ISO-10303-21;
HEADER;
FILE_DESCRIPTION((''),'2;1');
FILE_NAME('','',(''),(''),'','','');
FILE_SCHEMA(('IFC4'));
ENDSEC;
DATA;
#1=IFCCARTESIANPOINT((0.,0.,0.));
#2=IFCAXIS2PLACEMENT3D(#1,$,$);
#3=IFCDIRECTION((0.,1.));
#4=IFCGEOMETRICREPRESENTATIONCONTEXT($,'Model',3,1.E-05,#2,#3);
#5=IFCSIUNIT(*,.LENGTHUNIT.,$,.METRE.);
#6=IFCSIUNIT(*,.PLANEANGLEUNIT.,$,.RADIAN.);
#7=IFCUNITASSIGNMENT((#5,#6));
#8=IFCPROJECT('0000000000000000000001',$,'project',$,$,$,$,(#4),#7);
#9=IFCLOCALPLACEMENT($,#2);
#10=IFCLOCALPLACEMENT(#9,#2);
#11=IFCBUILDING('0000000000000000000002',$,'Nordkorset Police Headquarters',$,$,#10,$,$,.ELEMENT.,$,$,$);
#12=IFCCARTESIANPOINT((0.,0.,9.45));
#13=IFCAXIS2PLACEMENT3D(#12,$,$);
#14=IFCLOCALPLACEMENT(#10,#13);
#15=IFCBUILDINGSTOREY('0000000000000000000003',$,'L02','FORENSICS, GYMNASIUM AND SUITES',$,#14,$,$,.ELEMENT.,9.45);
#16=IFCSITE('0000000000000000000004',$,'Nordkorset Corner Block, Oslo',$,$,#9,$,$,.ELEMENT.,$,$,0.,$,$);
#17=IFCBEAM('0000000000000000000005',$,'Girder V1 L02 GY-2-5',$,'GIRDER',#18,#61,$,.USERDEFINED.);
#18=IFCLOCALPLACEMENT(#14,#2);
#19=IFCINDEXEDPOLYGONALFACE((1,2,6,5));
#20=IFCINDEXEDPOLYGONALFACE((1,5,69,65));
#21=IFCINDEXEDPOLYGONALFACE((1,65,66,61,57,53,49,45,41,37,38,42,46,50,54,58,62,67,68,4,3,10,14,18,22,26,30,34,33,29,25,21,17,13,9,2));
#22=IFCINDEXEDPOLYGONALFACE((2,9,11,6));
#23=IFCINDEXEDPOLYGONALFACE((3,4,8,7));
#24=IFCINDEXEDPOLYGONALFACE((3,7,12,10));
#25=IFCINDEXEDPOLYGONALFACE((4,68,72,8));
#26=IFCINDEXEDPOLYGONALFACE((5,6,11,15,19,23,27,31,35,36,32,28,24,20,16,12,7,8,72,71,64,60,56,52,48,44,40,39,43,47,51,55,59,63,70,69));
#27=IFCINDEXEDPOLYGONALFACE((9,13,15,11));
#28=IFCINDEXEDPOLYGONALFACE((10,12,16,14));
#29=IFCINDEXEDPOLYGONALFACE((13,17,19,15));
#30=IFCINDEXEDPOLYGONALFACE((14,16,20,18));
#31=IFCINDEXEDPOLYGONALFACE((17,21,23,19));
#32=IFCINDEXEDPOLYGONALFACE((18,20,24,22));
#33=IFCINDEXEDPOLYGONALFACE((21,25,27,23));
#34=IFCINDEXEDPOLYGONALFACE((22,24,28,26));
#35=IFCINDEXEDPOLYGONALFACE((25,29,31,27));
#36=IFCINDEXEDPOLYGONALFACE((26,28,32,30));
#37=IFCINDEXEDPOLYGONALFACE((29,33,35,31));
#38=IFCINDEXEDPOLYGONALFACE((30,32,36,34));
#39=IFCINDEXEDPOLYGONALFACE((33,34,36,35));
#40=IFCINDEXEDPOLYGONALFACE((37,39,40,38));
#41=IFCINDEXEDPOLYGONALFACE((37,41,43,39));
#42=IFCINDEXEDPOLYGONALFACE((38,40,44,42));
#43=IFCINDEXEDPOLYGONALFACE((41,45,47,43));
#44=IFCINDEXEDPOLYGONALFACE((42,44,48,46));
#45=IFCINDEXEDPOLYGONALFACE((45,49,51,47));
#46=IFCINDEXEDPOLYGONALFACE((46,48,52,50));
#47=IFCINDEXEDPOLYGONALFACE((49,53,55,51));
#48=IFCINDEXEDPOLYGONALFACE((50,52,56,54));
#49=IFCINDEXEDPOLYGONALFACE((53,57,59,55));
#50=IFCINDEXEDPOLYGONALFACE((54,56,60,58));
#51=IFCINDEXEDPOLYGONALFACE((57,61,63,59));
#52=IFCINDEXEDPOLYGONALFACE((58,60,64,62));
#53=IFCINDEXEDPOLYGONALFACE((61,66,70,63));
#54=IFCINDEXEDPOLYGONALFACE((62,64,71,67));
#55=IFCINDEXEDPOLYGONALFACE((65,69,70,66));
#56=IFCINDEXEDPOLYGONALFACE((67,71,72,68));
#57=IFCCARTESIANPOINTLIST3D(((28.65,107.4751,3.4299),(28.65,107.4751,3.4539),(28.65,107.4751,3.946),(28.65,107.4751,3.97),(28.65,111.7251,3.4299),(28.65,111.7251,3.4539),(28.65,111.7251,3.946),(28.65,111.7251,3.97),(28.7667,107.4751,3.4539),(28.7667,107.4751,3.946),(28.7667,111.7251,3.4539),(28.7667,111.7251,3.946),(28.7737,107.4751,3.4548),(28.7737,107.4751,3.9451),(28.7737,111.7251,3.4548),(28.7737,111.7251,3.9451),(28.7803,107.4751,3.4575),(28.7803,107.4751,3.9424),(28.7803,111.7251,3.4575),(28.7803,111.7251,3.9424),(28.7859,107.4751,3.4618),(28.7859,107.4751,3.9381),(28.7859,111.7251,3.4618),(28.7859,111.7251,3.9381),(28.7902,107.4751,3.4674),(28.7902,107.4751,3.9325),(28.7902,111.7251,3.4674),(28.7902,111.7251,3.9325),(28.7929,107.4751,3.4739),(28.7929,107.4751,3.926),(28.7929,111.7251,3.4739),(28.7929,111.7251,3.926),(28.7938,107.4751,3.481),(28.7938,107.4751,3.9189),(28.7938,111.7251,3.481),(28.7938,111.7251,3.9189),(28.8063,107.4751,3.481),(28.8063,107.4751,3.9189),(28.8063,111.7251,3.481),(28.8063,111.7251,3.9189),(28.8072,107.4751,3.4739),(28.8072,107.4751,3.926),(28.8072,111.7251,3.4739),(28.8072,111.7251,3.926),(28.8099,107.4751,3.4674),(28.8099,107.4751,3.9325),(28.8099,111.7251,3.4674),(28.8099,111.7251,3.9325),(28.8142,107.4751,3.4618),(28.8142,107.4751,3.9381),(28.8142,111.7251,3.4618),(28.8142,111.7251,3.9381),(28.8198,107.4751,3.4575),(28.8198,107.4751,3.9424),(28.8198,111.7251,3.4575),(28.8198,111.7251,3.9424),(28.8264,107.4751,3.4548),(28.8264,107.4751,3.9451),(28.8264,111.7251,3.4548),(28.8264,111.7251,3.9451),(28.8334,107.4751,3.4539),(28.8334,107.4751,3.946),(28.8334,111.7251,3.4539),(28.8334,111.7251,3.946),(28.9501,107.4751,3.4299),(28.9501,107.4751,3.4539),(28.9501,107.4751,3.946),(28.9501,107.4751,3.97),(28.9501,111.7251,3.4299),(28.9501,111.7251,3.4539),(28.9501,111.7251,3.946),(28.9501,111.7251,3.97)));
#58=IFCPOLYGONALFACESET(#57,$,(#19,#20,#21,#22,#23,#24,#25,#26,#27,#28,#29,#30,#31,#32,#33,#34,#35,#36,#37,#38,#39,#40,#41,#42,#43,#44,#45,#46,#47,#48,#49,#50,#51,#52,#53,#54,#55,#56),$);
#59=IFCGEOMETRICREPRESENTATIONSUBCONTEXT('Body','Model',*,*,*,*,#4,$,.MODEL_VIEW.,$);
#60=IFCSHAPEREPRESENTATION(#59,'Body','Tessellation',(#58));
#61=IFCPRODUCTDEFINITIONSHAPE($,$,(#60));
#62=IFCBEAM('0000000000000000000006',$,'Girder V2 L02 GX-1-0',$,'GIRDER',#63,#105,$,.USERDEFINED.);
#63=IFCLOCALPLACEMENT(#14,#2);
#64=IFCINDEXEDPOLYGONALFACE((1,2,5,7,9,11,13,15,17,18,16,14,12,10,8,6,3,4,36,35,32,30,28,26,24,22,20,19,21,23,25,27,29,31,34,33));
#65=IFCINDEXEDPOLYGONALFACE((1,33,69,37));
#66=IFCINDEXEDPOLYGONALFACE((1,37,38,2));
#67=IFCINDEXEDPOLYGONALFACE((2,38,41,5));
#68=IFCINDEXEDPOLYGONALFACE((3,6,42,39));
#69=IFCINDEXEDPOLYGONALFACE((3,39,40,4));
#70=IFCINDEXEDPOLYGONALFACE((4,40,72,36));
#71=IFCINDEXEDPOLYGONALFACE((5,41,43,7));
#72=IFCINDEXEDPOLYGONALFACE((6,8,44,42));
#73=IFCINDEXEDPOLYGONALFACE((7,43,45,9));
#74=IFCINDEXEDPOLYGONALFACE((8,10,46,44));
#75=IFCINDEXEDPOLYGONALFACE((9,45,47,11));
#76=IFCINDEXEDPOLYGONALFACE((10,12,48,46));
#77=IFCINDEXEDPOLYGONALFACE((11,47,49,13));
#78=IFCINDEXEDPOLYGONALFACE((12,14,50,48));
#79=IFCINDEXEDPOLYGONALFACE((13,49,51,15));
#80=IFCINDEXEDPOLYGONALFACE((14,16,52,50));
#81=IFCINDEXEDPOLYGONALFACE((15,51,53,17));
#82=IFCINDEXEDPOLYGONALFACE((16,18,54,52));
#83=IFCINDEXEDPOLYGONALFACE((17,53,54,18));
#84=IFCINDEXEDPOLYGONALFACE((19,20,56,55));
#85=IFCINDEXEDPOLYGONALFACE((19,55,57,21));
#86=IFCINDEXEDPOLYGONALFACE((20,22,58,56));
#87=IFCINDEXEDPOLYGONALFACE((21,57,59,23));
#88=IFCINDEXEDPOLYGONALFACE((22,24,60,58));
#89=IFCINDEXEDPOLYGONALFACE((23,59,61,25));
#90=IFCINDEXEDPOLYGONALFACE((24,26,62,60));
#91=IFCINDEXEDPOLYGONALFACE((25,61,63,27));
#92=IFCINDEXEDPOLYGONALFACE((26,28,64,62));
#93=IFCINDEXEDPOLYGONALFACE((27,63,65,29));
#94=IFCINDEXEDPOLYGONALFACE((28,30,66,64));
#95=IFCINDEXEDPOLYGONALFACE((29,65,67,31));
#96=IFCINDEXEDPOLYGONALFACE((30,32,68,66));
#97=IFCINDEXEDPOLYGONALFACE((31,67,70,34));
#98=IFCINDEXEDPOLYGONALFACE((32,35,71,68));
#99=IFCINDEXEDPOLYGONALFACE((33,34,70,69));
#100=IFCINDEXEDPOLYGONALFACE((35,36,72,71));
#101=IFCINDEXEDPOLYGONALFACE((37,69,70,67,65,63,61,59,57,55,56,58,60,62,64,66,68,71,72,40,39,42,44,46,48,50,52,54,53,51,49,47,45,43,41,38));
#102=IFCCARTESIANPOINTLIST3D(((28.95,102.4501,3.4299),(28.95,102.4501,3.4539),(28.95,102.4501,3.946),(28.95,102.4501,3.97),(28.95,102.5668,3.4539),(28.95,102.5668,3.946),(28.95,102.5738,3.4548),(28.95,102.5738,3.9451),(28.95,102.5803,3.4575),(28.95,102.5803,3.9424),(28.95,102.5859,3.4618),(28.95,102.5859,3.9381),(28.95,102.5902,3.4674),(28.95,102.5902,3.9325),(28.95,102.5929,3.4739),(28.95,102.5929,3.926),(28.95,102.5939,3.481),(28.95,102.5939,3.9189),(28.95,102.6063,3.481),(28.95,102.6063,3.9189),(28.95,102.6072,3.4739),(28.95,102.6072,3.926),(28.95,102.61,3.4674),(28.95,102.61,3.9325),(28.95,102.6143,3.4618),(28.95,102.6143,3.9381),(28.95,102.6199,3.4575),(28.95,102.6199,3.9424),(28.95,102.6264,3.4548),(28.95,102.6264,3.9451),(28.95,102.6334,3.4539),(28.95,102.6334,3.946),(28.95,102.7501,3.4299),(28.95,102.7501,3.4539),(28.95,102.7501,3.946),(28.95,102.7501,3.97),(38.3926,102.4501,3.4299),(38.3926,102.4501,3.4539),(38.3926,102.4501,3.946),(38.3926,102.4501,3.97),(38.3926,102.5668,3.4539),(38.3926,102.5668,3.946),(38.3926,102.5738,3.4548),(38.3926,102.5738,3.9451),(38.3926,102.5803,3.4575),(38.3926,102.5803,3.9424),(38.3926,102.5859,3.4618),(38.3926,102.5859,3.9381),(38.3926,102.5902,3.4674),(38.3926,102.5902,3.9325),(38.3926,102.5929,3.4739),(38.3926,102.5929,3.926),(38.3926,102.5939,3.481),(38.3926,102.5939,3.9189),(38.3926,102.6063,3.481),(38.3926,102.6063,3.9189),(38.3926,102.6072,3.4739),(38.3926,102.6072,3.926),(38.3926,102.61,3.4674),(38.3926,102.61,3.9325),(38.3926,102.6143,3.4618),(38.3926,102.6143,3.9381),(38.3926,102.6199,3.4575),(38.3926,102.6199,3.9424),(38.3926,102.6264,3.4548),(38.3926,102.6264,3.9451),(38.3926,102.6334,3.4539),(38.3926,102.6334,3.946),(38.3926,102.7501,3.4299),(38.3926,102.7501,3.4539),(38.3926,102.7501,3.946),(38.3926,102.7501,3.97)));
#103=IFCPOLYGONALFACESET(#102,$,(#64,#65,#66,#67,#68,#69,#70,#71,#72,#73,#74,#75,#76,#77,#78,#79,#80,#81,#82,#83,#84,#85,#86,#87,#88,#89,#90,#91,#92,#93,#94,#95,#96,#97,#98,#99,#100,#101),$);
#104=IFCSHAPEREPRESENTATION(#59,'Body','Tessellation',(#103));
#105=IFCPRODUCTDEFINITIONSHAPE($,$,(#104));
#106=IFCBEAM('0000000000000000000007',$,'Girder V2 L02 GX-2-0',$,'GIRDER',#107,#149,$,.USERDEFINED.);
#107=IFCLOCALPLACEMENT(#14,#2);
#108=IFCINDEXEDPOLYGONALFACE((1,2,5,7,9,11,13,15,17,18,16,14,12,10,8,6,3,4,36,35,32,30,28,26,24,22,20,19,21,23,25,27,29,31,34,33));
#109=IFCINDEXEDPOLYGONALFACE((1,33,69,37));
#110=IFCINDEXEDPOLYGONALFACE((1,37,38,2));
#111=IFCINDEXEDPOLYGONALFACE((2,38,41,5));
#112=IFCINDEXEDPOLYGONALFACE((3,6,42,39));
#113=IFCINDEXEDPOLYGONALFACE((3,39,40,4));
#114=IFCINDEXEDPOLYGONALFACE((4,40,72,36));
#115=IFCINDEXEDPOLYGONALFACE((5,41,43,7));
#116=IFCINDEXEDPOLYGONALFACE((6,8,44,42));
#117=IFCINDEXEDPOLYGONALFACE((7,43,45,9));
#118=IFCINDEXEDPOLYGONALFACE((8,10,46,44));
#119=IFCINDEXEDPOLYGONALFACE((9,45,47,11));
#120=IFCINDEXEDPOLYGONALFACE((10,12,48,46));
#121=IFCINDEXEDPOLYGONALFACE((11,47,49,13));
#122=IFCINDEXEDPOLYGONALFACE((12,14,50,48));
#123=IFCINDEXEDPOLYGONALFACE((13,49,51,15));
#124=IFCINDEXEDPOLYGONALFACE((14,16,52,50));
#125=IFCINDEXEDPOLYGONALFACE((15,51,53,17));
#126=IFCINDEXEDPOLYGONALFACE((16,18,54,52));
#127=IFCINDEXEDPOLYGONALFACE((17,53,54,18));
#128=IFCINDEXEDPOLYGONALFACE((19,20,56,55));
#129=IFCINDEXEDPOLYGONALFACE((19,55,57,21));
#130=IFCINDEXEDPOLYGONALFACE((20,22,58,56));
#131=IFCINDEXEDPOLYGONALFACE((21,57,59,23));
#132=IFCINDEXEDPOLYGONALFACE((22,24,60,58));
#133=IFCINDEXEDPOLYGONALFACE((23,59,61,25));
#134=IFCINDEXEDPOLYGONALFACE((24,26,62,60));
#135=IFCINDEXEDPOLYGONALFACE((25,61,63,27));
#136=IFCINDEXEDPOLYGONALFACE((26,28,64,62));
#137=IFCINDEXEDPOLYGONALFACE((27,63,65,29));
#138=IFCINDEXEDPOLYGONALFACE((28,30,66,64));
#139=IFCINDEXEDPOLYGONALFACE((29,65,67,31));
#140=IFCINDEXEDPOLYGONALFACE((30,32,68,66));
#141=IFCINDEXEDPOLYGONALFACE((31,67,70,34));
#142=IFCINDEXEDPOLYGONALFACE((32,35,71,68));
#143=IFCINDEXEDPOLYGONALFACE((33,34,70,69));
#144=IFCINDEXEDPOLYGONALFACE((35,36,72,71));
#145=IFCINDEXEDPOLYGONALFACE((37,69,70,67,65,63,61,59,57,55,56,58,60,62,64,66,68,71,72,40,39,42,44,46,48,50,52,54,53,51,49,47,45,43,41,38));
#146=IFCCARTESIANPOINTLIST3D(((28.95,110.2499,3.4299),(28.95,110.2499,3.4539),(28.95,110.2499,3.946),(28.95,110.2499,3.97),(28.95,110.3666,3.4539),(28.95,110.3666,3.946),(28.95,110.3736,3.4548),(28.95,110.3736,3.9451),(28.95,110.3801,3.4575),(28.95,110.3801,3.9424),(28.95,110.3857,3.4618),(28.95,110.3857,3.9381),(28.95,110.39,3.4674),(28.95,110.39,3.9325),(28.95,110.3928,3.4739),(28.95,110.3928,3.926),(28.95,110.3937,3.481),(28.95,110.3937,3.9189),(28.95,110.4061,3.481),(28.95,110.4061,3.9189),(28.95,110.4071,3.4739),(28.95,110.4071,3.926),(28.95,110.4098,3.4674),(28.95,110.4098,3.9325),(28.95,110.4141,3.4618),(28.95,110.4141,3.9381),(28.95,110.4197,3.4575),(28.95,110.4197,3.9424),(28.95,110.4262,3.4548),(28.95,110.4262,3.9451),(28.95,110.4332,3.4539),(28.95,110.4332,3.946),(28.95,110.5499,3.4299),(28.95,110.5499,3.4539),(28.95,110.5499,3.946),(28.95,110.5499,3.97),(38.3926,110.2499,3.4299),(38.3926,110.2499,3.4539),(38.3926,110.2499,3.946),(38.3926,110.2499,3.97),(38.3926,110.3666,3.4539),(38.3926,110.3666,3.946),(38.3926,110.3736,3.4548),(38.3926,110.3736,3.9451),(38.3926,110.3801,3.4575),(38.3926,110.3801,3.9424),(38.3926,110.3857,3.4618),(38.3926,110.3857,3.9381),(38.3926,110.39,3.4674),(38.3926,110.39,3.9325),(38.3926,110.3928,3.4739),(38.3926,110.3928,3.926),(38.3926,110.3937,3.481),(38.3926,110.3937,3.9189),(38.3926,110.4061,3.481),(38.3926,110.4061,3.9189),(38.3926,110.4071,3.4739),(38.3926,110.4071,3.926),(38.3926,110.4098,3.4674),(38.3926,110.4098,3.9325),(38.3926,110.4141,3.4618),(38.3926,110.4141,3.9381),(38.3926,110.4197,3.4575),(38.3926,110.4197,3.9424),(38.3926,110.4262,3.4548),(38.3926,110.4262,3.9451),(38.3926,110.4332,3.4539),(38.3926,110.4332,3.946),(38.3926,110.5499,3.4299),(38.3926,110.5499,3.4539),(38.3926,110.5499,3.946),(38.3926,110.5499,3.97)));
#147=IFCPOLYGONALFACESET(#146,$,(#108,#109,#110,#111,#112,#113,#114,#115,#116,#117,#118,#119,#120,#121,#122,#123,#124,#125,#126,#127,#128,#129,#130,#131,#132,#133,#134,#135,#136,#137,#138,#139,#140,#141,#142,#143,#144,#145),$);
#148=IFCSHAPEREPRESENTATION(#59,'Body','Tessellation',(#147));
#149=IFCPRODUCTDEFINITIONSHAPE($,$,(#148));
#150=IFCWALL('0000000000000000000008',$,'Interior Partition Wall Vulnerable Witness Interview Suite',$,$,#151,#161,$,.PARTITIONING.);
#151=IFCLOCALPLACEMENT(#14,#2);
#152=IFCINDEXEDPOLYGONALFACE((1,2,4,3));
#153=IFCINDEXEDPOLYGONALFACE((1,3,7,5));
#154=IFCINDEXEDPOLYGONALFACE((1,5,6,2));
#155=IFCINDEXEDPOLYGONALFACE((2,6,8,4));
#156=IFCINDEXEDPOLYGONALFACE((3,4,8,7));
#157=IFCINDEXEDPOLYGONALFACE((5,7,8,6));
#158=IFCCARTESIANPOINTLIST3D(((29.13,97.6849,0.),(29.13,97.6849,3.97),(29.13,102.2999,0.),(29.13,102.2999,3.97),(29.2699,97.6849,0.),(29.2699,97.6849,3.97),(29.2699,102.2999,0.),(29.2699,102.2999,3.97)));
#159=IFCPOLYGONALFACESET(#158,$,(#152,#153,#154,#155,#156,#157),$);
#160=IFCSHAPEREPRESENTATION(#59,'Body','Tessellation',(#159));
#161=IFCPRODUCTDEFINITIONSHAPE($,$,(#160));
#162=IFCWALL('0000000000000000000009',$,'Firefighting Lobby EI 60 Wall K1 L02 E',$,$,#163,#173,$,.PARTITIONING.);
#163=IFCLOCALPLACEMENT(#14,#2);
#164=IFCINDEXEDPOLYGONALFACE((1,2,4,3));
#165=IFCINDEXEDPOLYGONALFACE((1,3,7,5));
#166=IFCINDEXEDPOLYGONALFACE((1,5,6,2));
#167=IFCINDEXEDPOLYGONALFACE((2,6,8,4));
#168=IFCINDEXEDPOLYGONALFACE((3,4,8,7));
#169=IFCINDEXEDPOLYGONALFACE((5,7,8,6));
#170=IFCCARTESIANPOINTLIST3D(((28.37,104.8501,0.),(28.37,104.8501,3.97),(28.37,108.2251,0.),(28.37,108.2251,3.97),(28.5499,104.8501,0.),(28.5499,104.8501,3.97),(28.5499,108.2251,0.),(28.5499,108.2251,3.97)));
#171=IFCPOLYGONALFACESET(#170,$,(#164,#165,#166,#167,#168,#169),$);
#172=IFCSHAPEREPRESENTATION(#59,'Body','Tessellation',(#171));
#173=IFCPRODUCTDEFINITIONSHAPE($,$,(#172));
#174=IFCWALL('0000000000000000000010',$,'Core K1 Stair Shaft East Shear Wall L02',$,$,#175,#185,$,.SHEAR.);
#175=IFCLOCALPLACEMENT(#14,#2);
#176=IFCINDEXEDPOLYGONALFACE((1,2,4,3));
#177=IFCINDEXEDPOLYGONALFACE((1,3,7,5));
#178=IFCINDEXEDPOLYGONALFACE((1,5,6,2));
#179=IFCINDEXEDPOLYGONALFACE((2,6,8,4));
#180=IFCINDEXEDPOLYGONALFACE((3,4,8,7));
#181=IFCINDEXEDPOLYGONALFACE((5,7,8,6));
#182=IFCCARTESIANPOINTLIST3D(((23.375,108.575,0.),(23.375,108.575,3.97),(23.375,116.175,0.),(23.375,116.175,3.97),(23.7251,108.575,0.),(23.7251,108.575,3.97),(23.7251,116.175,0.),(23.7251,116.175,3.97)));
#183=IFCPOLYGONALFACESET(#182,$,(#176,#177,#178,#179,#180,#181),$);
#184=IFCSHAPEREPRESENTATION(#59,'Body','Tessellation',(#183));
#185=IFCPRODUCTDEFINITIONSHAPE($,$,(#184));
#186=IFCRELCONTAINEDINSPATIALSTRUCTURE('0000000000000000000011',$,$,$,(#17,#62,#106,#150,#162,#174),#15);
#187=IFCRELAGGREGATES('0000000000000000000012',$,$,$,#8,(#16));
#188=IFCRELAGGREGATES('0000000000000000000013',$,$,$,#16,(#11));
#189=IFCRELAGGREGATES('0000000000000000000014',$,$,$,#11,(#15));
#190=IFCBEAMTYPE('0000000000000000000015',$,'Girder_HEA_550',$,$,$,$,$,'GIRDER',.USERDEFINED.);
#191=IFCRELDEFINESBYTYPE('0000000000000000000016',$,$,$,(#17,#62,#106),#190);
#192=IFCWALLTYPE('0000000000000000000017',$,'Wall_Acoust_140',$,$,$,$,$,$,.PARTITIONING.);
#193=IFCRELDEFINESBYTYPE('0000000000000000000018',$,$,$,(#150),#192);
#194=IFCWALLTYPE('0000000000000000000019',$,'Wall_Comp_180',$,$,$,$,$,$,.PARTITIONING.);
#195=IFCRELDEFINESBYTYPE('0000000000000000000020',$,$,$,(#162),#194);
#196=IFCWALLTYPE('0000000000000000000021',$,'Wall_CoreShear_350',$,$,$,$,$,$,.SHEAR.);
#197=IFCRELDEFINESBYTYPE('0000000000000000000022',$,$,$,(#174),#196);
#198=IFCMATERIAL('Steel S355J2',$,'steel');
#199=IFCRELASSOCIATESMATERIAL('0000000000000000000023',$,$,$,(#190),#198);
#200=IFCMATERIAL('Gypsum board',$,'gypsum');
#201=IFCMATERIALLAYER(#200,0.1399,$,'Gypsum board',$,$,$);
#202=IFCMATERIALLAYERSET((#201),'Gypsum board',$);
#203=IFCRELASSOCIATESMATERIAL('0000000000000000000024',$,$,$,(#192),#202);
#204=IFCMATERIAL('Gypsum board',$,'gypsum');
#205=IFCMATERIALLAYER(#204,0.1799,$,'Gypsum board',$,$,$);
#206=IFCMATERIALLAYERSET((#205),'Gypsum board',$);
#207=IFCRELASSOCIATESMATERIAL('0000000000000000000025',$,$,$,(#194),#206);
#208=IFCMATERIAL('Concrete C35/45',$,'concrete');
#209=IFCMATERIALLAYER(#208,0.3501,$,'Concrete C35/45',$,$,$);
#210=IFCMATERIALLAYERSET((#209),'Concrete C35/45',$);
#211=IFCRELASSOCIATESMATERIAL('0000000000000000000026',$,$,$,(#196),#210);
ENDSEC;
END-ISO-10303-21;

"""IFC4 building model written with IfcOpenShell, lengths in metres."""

from ifc_helpers import new_model, si_unit, direction, frame, frame_2d, origin, origin_2d, place, context, subcontext, project, spatial, rectangle, i_section, extrude, material, layer, layer_set, material_profile, profile_set, type_object, element, save


model = new_model("IFC4")

# Units and contexts
model_context = context("Model", 3, precision=1e-05, world=origin(), true_north=direction((0.0, 1.0)))
body_context = subcontext(model_context, "Body", "Model", "MODEL_VIEW")
ifc_project = project(units=[si_unit("LENGTHUNIT", "METRE"), si_unit("PLANEANGLEUNIT", "RADIAN")], contexts=[model_context])

# Site, building, storey
site_placement = place(None, origin())
site = spatial("IfcSite", under=ifc_project, at=site_placement, Name="Nordkorset Corner Block, Oslo", CompositionType="ELEMENT", RefElevation=0.0)
building_placement = place(site_placement, origin())
building = spatial("IfcBuilding", under=site, at=building_placement, Name="Nordkorset Police Headquarters", CompositionType="ELEMENT")
storey_placement = place(building_placement, frame((0.0, 0.0, 9.45)))
storey = spatial("IfcBuildingStorey", under=building, at=storey_placement, Name="L02", Description="FORENSICS, GYMNASIUM AND SUITES", CompositionType="ELEMENT", Elevation=9.45)

# Beams
ifc_material_1 = material(Name="Steel S355J2", Category="steel")
ifc_material_profile_1 = material_profile(ifc_material_1, i_section(OverallWidth=0.3, OverallDepth=0.54, WebThickness=0.0125, FlangeThickness=0.0239, FilletRadius=0.0271, at=origin_2d()), Name="HEA 550")
ifc_profile_set_1 = profile_set([ifc_material_profile_1], Name="Steel S355J2")
beam_type_1 = type_object("IfcBeamType", Name="Girder_HEA_550", ElementType="GIRDER", PredefinedType="USERDEFINED", material=ifc_profile_set_1)
for number, where, z_axis, x_axis, name in (
    (1, (28.8, 107.4751, 3.7), (0.0, 1.0, 0.0), (-1.0, 0.0, 0.0), "Girder V1 L02 GY-2-5"),
):
    element("IfcBeam", number, at=place(storey_placement, frame(where, z_axis=z_axis, x_axis=x_axis)), inside=storey, type_object=beam_type_1, Name=name, ObjectType="GIRDER", PredefinedType="USERDEFINED", context=body_context, shape_type="SweptSolid", body=[
        extrude(i_section(OverallWidth=0.3, OverallDepth=0.54, WebThickness=0.0125, FlangeThickness=0.0239, FilletRadius=0.0271, at=origin_2d()), origin(), (0.0, 0.0, 1.0), 4.25),
    ])
for number, where, z_axis, x_axis, name in (
    (2, (28.95, 102.6001, 3.7), (1.0, 0.0, 0.0), (0.0, 1.0, 0.0), "Girder V2 L02 GX-1-0"),
    (3, (28.95, 110.3999, 3.7), (1.0, 0.0, 0.0), (0.0, 1.0, 0.0), "Girder V2 L02 GX-2-0"),
):
    element("IfcBeam", number, at=place(storey_placement, frame(where, z_axis=z_axis, x_axis=x_axis)), inside=storey, type_object=beam_type_1, Name=name, ObjectType="GIRDER", PredefinedType="USERDEFINED", context=body_context, shape_type="SweptSolid", body=[
        extrude(i_section(OverallWidth=0.3, OverallDepth=0.54, WebThickness=0.0125, FlangeThickness=0.0239, FilletRadius=0.0271, at=origin_2d()), origin(), (0.0, 0.0, 1.0), 9.4426),
    ])

# Walls
ifc_material_2 = material(Name="Gypsum board", Category="gypsum")
ifc_layer_1 = layer(ifc_material_2, 0.1399, Name="Gypsum board")
ifc_layer_set_1 = layer_set([ifc_layer_1], Name="Gypsum board")
wall_type_1 = type_object("IfcWallType", Name="Wall_Acoust_140", PredefinedType="PARTITIONING", material=ifc_layer_set_1)
wall_1_placement = place(storey_placement, frame((29.2, 102.3, 0.0), z_axis=(0.0, 0.0, 1.0), x_axis=(0.0, -1.0, 0.0)))
element("IfcWall", 4, at=wall_1_placement, inside=storey, type_object=wall_type_1, Name="Interior Partition Wall Vulnerable Witness Interview Suite", PredefinedType="PARTITIONING", context=body_context, shape_type="SweptSolid", body=[
    extrude(rectangle(XDim=4.615, YDim=0.1399, at=frame_2d((2.3076, 0.0))), origin(), (0.0, 0.0, 1.0), 3.97),
])
ifc_material_3 = material(Name="Gypsum board", Category="gypsum")
ifc_layer_2 = layer(ifc_material_3, 0.1799, Name="Gypsum board")
ifc_layer_set_2 = layer_set([ifc_layer_2], Name="Gypsum board")
wall_type_2 = type_object("IfcWallType", Name="Wall_Comp_180", PredefinedType="PARTITIONING", material=ifc_layer_set_2)
wall_2_placement = place(storey_placement, frame((28.46, 104.8501, 0.0), z_axis=(0.0, 0.0, 1.0), x_axis=(0.0, 1.0, 0.0)))
element("IfcWall", 5, at=wall_2_placement, inside=storey, type_object=wall_type_2, Name="Firefighting Lobby EI 60 Wall K1 L02 E", PredefinedType="PARTITIONING", context=body_context, shape_type="SweptSolid", body=[
    extrude(rectangle(XDim=3.375, YDim=0.1799, at=frame_2d((1.6875, 0.0))), origin(), (0.0, 0.0, 1.0), 3.97),
])
ifc_material_4 = material(Name="Concrete C35/45", Category="concrete")
ifc_layer_3 = layer(ifc_material_4, 0.3501, Name="Concrete C35/45")
ifc_layer_set_3 = layer_set([ifc_layer_3], Name="Concrete C35/45")
wall_type_3 = type_object("IfcWallType", Name="Wall_CoreShear_350", PredefinedType="SHEAR", material=ifc_layer_set_3)
wall_3_placement = place(storey_placement, frame((23.55, 108.575, 0.0), z_axis=(0.0, 0.0, 1.0), x_axis=(0.0, 1.0, 0.0)))
element("IfcWall", 6, at=wall_3_placement, inside=storey, type_object=wall_type_3, Name="Core K1 Stair Shaft East Shear Wall L02", PredefinedType="SHEAR", context=body_context, shape_type="SweptSolid", body=[
    extrude(rectangle(XDim=7.6001, YDim=0.3501, at=frame_2d((3.8, 0.0))), origin(), (0.0, 0.0, 1.0), 3.97),
])

save(model, "model.ifc")
